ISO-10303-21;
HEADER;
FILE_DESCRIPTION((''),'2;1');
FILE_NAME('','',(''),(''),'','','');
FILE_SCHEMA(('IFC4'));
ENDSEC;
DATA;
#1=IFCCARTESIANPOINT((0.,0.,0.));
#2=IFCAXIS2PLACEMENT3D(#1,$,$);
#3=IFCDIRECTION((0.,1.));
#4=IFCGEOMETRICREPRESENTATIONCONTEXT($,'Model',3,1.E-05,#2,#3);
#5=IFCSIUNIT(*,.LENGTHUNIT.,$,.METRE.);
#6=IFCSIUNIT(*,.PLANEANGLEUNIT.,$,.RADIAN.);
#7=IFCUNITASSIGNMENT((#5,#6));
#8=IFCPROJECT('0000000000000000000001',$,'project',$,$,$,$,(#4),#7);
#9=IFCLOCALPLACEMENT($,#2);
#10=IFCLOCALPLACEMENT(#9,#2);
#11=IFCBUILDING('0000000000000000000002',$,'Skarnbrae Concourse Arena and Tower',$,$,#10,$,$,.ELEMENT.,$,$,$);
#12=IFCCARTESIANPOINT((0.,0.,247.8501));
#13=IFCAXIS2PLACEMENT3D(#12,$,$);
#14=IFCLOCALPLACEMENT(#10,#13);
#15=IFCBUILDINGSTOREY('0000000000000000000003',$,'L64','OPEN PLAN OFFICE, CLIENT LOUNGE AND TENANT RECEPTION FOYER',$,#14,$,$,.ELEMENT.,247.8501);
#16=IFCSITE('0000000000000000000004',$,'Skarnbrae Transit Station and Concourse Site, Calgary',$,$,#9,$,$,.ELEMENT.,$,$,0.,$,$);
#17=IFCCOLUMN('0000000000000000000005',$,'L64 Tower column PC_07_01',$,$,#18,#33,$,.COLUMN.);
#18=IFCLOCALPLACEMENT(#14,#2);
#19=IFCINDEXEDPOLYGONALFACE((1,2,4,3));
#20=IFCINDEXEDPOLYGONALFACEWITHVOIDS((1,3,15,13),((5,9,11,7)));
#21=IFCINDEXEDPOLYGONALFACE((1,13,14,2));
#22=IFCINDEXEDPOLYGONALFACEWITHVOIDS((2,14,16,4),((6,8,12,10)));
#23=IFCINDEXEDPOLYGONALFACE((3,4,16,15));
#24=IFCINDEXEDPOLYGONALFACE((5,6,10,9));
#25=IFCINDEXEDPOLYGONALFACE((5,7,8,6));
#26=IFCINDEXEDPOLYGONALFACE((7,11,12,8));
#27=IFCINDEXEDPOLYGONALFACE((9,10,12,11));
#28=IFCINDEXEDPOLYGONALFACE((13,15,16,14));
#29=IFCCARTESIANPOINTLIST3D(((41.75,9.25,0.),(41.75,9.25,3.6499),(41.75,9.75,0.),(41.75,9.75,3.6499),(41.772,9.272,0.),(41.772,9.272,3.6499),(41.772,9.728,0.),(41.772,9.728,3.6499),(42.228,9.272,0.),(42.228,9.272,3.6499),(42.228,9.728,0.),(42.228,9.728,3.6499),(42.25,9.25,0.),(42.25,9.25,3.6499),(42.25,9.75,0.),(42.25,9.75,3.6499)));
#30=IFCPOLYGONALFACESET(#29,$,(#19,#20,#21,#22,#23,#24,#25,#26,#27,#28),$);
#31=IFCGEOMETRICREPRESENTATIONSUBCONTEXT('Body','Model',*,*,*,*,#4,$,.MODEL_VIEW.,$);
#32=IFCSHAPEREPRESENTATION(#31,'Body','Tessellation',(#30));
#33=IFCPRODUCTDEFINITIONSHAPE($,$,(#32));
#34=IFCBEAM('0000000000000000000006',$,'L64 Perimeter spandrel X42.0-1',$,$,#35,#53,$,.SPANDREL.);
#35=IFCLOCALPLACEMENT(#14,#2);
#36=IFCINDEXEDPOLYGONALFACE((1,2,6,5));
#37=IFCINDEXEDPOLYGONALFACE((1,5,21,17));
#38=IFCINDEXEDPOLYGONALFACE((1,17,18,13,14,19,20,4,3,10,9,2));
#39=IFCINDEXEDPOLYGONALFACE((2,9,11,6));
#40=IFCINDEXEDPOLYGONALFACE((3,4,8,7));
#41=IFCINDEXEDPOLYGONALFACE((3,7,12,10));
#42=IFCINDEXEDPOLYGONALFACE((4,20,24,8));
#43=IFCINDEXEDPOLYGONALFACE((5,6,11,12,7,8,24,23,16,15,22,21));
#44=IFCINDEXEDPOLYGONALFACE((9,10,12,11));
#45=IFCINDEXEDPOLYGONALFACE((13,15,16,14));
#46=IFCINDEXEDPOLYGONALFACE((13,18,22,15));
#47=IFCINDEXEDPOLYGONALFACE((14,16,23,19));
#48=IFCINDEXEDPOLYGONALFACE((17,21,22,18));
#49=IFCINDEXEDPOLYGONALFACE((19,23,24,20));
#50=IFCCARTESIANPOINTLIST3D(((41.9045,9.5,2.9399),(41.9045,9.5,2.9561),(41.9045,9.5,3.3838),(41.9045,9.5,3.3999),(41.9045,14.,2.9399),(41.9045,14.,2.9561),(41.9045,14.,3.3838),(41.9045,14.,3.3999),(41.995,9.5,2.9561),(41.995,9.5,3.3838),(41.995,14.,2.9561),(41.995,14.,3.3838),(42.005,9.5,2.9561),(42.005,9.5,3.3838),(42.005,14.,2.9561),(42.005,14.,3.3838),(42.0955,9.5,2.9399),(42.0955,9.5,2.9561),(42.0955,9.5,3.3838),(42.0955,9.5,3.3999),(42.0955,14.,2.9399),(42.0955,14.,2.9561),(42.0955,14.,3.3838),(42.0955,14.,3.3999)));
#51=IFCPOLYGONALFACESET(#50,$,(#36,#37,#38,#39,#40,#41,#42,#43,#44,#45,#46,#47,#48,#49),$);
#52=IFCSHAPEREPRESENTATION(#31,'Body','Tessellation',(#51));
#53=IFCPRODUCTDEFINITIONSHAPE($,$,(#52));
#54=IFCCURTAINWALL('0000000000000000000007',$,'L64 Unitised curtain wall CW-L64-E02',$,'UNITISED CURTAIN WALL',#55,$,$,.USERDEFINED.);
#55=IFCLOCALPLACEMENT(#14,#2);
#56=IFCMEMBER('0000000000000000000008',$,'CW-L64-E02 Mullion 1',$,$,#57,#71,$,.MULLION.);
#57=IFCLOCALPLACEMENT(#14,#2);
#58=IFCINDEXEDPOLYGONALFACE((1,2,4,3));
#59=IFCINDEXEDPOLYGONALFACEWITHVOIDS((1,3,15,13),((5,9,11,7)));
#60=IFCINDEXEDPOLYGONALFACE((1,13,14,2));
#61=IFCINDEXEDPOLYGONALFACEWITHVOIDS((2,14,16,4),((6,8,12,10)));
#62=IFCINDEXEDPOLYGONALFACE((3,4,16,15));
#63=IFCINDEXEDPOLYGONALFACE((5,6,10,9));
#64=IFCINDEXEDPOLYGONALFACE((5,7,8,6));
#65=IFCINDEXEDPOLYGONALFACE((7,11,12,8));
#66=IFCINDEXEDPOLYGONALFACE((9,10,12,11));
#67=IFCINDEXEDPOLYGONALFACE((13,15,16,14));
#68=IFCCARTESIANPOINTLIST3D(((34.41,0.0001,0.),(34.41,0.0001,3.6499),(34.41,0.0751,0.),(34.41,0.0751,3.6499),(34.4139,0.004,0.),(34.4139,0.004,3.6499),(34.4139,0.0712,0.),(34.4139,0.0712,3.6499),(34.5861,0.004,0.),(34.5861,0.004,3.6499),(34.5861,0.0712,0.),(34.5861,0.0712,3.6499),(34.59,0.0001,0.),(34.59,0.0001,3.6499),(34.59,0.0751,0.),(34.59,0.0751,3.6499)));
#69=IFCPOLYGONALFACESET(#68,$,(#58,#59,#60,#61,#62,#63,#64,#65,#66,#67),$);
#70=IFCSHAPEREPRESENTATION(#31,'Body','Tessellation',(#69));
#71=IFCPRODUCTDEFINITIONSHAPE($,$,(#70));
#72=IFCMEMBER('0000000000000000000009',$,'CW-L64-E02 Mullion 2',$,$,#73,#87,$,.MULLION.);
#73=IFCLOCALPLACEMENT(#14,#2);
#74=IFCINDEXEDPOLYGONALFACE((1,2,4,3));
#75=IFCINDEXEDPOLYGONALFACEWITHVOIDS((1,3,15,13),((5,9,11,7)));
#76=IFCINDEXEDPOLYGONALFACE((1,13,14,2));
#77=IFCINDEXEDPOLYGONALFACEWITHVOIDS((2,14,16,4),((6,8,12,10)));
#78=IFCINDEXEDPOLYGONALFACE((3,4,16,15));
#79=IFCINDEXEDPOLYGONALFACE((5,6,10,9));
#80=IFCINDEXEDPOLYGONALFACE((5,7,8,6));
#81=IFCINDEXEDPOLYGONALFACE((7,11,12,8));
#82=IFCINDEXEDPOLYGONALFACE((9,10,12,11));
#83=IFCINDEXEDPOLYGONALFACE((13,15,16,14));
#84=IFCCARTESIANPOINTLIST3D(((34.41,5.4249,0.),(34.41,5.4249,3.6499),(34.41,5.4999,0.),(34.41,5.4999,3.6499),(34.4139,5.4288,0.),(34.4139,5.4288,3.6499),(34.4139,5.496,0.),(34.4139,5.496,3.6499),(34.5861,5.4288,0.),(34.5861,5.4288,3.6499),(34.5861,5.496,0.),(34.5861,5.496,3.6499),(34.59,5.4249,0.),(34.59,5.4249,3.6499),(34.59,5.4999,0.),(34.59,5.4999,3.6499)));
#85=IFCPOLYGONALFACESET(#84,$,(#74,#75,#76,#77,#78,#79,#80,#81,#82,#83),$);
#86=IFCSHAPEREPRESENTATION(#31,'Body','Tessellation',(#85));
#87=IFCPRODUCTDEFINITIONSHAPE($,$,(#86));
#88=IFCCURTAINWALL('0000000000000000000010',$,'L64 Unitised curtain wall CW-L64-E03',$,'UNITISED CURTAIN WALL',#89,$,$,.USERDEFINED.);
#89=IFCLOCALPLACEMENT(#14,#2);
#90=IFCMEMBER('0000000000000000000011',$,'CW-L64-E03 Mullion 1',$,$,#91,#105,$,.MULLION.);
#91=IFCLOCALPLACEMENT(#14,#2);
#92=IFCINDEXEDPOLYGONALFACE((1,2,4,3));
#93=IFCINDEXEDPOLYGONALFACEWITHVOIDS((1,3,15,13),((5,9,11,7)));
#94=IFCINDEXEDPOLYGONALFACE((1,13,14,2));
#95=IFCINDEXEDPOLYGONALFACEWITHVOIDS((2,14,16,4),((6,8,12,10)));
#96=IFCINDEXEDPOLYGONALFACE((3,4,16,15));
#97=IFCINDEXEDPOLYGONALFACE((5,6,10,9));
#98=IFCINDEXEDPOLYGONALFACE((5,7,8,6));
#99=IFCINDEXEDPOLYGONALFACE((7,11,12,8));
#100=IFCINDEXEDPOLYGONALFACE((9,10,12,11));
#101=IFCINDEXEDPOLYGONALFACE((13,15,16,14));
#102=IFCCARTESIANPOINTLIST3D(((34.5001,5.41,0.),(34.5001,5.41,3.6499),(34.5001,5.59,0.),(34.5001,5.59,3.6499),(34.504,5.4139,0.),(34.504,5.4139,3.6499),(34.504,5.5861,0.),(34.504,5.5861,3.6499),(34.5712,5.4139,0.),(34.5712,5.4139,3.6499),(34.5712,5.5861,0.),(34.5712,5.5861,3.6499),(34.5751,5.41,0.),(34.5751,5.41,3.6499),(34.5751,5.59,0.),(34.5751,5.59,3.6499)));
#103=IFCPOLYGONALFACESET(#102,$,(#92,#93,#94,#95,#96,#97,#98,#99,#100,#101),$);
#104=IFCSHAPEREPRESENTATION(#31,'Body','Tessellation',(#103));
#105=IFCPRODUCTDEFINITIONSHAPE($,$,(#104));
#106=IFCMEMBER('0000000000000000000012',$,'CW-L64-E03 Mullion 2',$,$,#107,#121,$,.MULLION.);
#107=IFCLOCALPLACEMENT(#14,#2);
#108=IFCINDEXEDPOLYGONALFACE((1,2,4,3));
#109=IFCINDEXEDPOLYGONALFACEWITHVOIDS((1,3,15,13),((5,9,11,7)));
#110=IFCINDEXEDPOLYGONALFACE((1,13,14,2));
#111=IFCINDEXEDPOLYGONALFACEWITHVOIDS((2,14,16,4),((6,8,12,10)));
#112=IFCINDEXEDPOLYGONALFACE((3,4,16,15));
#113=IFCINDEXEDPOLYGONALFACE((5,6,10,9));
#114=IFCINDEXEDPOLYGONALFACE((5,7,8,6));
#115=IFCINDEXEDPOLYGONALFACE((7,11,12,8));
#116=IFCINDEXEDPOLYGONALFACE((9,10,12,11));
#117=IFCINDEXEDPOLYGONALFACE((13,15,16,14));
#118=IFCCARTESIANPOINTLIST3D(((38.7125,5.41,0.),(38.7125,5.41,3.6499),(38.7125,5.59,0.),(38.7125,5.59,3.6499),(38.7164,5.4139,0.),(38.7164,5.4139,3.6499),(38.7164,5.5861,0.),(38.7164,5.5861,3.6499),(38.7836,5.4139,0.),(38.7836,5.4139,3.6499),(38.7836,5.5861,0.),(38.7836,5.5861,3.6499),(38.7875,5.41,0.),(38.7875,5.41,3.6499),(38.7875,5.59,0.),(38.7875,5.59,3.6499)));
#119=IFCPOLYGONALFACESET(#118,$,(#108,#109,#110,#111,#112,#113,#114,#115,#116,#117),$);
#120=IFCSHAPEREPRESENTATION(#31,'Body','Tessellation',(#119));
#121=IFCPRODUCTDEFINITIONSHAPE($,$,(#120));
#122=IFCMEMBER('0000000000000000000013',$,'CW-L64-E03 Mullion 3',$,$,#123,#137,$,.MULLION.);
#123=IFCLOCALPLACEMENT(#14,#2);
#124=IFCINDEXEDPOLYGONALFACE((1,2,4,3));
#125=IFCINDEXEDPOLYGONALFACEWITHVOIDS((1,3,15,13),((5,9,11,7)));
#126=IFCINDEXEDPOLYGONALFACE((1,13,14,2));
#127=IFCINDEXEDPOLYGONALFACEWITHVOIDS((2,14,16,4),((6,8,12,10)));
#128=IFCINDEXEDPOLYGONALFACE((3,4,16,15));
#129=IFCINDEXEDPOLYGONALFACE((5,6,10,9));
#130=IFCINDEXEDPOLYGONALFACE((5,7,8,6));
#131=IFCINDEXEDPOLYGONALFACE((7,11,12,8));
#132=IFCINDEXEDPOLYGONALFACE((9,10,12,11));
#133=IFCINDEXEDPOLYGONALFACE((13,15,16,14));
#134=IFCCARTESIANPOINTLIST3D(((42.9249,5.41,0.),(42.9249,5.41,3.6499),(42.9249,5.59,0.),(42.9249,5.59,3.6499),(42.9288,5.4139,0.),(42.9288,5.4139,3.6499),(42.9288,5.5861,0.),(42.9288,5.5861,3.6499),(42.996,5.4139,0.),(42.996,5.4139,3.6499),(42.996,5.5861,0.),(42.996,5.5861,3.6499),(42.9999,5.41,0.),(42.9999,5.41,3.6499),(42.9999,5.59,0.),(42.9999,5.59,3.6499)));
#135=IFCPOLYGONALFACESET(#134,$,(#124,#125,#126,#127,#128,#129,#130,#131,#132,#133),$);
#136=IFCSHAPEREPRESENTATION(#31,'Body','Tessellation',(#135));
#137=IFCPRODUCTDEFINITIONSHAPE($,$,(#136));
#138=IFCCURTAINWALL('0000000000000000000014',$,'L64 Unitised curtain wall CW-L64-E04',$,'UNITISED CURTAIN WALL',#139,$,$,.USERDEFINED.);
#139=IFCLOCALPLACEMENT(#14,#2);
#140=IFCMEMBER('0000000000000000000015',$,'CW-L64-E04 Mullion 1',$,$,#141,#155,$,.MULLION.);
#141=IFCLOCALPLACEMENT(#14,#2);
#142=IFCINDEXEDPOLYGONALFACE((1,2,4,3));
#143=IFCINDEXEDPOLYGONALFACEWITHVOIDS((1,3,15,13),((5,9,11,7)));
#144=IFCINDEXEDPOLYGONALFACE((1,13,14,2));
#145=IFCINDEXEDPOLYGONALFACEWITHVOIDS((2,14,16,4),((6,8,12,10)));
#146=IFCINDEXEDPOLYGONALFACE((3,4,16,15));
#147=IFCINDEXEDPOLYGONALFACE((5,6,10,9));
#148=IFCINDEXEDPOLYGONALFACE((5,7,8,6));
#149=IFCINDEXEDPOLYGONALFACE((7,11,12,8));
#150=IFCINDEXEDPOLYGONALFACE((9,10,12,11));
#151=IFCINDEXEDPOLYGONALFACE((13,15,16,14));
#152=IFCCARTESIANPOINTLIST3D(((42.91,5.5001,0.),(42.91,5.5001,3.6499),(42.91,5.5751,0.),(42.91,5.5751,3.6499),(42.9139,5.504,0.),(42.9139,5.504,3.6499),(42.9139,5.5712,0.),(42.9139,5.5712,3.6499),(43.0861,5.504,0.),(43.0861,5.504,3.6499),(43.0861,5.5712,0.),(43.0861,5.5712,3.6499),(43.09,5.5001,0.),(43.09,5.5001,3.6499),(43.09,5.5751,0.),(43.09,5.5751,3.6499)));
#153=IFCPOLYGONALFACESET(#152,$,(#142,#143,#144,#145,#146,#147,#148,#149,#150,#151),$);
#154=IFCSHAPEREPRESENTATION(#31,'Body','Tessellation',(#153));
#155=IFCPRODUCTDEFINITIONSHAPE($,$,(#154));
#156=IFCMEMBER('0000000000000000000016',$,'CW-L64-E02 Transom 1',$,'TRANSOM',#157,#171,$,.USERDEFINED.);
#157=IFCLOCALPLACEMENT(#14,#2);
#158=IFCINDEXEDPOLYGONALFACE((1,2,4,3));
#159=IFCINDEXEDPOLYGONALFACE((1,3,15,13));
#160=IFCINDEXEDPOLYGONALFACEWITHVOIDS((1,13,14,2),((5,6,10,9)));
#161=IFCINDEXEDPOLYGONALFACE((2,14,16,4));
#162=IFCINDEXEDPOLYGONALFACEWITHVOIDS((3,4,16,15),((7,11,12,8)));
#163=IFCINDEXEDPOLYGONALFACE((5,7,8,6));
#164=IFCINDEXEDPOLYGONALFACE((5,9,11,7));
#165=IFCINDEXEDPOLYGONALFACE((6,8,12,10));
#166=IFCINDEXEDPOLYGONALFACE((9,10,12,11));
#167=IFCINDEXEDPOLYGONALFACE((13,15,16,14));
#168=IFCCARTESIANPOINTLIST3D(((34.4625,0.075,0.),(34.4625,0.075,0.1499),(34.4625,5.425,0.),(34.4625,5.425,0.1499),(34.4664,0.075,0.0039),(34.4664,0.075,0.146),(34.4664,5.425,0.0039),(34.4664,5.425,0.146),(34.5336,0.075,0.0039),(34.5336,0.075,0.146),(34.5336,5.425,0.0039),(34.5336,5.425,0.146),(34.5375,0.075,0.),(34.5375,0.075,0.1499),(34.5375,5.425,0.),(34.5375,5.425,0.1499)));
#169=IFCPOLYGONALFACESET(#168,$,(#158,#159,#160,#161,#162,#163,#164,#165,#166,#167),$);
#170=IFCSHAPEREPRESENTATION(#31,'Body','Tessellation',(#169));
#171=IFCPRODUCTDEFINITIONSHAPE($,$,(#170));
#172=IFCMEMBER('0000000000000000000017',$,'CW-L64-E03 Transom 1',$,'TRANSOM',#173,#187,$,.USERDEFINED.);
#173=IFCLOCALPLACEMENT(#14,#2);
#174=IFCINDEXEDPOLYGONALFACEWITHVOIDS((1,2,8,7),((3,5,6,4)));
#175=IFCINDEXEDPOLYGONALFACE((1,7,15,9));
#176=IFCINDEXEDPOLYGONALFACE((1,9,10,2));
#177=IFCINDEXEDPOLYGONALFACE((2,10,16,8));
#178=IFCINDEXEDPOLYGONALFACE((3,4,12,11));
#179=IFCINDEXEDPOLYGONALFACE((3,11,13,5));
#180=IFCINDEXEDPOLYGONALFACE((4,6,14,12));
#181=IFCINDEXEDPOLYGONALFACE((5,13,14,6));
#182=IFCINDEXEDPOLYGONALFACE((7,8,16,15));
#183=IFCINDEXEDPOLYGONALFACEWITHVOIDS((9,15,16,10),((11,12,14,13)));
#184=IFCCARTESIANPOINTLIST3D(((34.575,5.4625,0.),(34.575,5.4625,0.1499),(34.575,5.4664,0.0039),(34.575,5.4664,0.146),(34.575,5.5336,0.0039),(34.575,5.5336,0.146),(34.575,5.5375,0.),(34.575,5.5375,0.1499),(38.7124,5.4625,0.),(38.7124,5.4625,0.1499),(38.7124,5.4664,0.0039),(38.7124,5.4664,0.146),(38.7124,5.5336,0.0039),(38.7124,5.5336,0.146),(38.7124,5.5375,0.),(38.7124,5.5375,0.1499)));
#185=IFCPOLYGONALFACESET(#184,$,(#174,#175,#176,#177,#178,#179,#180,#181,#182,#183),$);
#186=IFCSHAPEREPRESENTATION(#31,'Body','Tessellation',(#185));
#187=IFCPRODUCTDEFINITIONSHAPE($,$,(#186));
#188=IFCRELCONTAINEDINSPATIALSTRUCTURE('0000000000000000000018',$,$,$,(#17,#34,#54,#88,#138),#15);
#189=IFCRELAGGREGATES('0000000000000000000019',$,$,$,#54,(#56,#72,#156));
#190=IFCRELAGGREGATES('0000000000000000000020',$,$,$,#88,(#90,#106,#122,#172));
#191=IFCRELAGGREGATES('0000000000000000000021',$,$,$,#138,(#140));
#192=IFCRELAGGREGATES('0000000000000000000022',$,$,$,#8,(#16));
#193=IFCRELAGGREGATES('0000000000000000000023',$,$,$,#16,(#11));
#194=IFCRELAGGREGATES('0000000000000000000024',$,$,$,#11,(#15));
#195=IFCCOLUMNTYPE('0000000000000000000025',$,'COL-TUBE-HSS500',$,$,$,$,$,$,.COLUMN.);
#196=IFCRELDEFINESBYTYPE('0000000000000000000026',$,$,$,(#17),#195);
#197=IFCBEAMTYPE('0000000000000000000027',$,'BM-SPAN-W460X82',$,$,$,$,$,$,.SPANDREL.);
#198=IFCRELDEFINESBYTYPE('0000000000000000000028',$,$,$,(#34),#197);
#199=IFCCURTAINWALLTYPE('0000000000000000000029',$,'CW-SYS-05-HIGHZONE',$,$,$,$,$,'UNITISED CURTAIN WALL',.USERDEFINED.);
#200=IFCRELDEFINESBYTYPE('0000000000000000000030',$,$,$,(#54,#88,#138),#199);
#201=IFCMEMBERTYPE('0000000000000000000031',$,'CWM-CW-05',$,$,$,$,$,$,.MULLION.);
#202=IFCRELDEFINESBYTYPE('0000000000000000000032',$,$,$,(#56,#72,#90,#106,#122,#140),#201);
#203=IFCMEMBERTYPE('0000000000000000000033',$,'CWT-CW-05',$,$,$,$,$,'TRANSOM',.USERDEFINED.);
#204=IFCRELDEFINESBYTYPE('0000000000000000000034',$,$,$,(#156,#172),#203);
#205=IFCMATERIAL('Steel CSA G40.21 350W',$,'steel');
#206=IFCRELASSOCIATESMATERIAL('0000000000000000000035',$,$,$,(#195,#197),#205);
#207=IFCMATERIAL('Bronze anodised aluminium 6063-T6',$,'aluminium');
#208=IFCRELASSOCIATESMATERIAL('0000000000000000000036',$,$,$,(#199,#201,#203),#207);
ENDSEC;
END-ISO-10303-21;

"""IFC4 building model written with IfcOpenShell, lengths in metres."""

from ifc_helpers import new_model, si_unit, direction, frame, origin, origin_2d, place, context, subcontext, project, spatial, hollow_rectangle, i_section, extrude, source, transform, mapped, material, material_profile, profile_set, type_object, element, aggregate, save


model = new_model("IFC4")

# Units and contexts
model_context = context("Model", 3, precision=1e-05, world=origin(), true_north=direction((0.0, 1.0)))
body_context = subcontext(model_context, "Body", "Model", "MODEL_VIEW")
ifc_project = project(units=[si_unit("LENGTHUNIT", "METRE"), si_unit("PLANEANGLEUNIT", "RADIAN")], contexts=[model_context])

# Site, building, storey
site_placement = place(None, origin())
site = spatial("IfcSite", under=ifc_project, at=site_placement, Name="Skarnbrae Transit Station and Concourse Site, Calgary", CompositionType="ELEMENT", RefElevation=0.0)
building_placement = place(site_placement, origin())
building = spatial("IfcBuilding", under=site, at=building_placement, Name="Skarnbrae Concourse Arena and Tower", CompositionType="ELEMENT")
storey_placement = place(building_placement, frame((0.0, 0.0, 247.8501)))
storey = spatial("IfcBuildingStorey", under=building, at=storey_placement, Name="L64", Description="OPEN PLAN OFFICE, CLIENT LOUNGE AND TENANT RECEPTION FOYER", CompositionType="ELEMENT", Elevation=247.8501)

# Column
ifc_material_1 = material(Name="Steel CSA G40.21 350W", Category="steel")
ifc_material_profile_1 = material_profile(ifc_material_1, hollow_rectangle(XDim=0.5, YDim=0.5, WallThickness=0.022, at=origin_2d()), Name="HSS500X500X22.0")
ifc_profile_set_1 = profile_set([ifc_material_profile_1], Name="Steel CSA G40.21 350W")
column_type = type_object("IfcColumnType", Name="COL-TUBE-HSS500", PredefinedType="COLUMN", material=ifc_profile_set_1)
shared_shape_1 = source(origin(), body_context, "Body", "SweptSolid", [
    extrude(hollow_rectangle(XDim=0.5, YDim=0.5, WallThickness=0.022, at=origin_2d()), origin(), (0.0, 0.0, 1.0), 3.6499),
])
column_placement = place(storey_placement, frame((42.0, 9.5, 0.0), z_axis=(0.0, 0.0, 1.0), x_axis=(1.0, 0.0, 0.0)))
element("IfcColumn", 1, at=column_placement, inside=storey, type_object=column_type, Name="L64 Tower column PC_07_01", PredefinedType="COLUMN", context=body_context, shape_type="MappedRepresentation", body=[
    mapped(shared_shape_1, transform((0.0, 0.0, 0.0))),
])

# Beam
ifc_material_profile_2 = material_profile(ifc_material_1, i_section(OverallWidth=0.1909, OverallDepth=0.46, WebThickness=0.01, FlangeThickness=0.0161, at=origin_2d()), Name="W460X82")
ifc_profile_set_2 = profile_set([ifc_material_profile_2], Name="Steel CSA G40.21 350W")
beam_type = type_object("IfcBeamType", Name="BM-SPAN-W460X82", PredefinedType="SPANDREL", material=ifc_profile_set_2)
shared_shape_2 = source(origin(), body_context, "Body", "SweptSolid", [
    extrude(i_section(OverallWidth=0.1909, OverallDepth=0.46, WebThickness=0.01, FlangeThickness=0.0161, at=origin_2d()), origin(), (0.0, 0.0, 1.0), 4.5),
])
beam_placement = place(storey_placement, frame((42.0, 9.5, 3.1699), z_axis=(0.0, 1.0, 0.0), x_axis=(-1.0, 0.0, 0.0)))
element("IfcBeam", 2, at=beam_placement, inside=storey, type_object=beam_type, Name="L64 Perimeter spandrel X42.0-1", PredefinedType="SPANDREL", context=body_context, shape_type="MappedRepresentation", body=[
    mapped(shared_shape_2, transform((0.0, 0.0, 0.0))),
])

# Curtain walls, members
ifc_material_2 = material(Name="Bronze anodised aluminium 6063-T6", Category="aluminium")
curtain_wall_type = type_object("IfcCurtainWallType", Name="CW-SYS-05-HIGHZONE", ElementType="UNITISED CURTAIN WALL", PredefinedType="USERDEFINED", material=ifc_material_2)
curtain_wall_1_placement = place(storey_placement, origin())
curtain_wall_1 = element("IfcCurtainWall", 3, at=curtain_wall_1_placement, inside=storey, type_object=curtain_wall_type, Name="L64 Unitised curtain wall CW-L64-E02", ObjectType="UNITISED CURTAIN WALL", PredefinedType="USERDEFINED")
ifc_material_profile_3 = material_profile(ifc_material_2, hollow_rectangle(XDim=0.075, YDim=0.1799, WallThickness=0.0039, at=origin_2d()), Name="ALU-MULL-75X180")
ifc_profile_set_3 = profile_set([ifc_material_profile_3], Name="Bronze anodised aluminium 6063-T6")
member_type_1 = type_object("IfcMemberType", Name="CWM-CW-05", PredefinedType="MULLION", material=ifc_profile_set_3)
shared_shape_3 = source(origin(), body_context, "Body", "SweptSolid", [
    extrude(hollow_rectangle(XDim=0.075, YDim=0.1799, WallThickness=0.0039, at=origin_2d()), origin(), (0.0, 0.0, 1.0), 3.6499),
])
member_1_placement = place(storey_placement, frame((34.5, 0.0376, 0.0), z_axis=(0.0, 0.0, 1.0), x_axis=(0.0, 1.0, 0.0)))
member_1 = element("IfcMember", 4, at=member_1_placement, type_object=member_type_1, Name="CW-L64-E02 Mullion 1", PredefinedType="MULLION", context=body_context, shape_type="MappedRepresentation", body=[
    mapped(shared_shape_3, transform((0.0, 0.0, 0.0))),
])
member_2_placement = place(storey_placement, frame((34.5, 5.4624, 0.0), z_axis=(0.0, 0.0, 1.0), x_axis=(0.0, 1.0, 0.0)))
member_2 = element("IfcMember", 5, at=member_2_placement, type_object=member_type_1, Name="CW-L64-E02 Mullion 2", PredefinedType="MULLION", context=body_context, shape_type="MappedRepresentation", body=[
    mapped(shared_shape_3, transform((0.0, 0.0, 0.0))),
])
curtain_wall_2_placement = place(storey_placement, origin())
curtain_wall_2 = element("IfcCurtainWall", 6, at=curtain_wall_2_placement, inside=storey, type_object=curtain_wall_type, Name="L64 Unitised curtain wall CW-L64-E03", ObjectType="UNITISED CURTAIN WALL", PredefinedType="USERDEFINED")
member_3_placement = place(storey_placement, frame((34.5376, 5.5, 0.0), z_axis=(0.0, 0.0, 1.0), x_axis=(1.0, 0.0, 0.0)))
member_3 = element("IfcMember", 7, at=member_3_placement, type_object=member_type_1, Name="CW-L64-E03 Mullion 1", PredefinedType="MULLION", context=body_context, shape_type="MappedRepresentation", body=[
    mapped(shared_shape_3, transform((0.0, 0.0, 0.0))),
])
member_4_placement = place(storey_placement, frame((38.75, 5.5, 0.0), z_axis=(0.0, 0.0, 1.0), x_axis=(1.0, 0.0, 0.0)))
member_4 = element("IfcMember", 8, at=member_4_placement, type_object=member_type_1, Name="CW-L64-E03 Mullion 2", PredefinedType="MULLION", context=body_context, shape_type="MappedRepresentation", body=[
    mapped(shared_shape_3, transform((0.0, 0.0, 0.0))),
])
member_5_placement = place(storey_placement, frame((42.9624, 5.5, 0.0), z_axis=(0.0, 0.0, 1.0), x_axis=(1.0, 0.0, 0.0)))
member_5 = element("IfcMember", 9, at=member_5_placement, type_object=member_type_1, Name="CW-L64-E03 Mullion 3", PredefinedType="MULLION", context=body_context, shape_type="MappedRepresentation", body=[
    mapped(shared_shape_3, transform((0.0, 0.0, 0.0))),
])

# Curtain wall, member
curtain_wall_3_placement = place(storey_placement, origin())
curtain_wall_3 = element("IfcCurtainWall", 10, at=curtain_wall_3_placement, inside=storey, type_object=curtain_wall_type, Name="L64 Unitised curtain wall CW-L64-E04", ObjectType="UNITISED CURTAIN WALL", PredefinedType="USERDEFINED")
member_6_placement = place(storey_placement, frame((43.0, 5.5376, 0.0), z_axis=(0.0, 0.0, 1.0), x_axis=(0.0, 1.0, 0.0)))
member_6 = element("IfcMember", 11, at=member_6_placement, type_object=member_type_1, Name="CW-L64-E04 Mullion 1", PredefinedType="MULLION", context=body_context, shape_type="MappedRepresentation", body=[
    mapped(shared_shape_3, transform((0.0, 0.0, 0.0))),
])

# Members
ifc_material_profile_4 = material_profile(ifc_material_2, hollow_rectangle(XDim=0.075, YDim=0.1499, WallThickness=0.0039, at=origin_2d()), Name="ALU-TRAN-75X150")
ifc_profile_set_4 = profile_set([ifc_material_profile_4], Name="Bronze anodised aluminium 6063-T6")
member_type_2 = type_object("IfcMemberType", Name="CWT-CW-05", ElementType="TRANSOM", PredefinedType="USERDEFINED", material=ifc_profile_set_4)
shared_shape_4 = source(origin(), body_context, "Body", "SweptSolid", [
    extrude(hollow_rectangle(XDim=0.075, YDim=0.1499, WallThickness=0.0039, at=origin_2d()), origin(), (0.0, 0.0, 1.0), 5.3501),
])
member_7_placement = place(storey_placement, frame((34.5, 0.075, 0.075), z_axis=(0.0, 1.0, 0.0), x_axis=(-1.0, 0.0, 0.0)))
member_7 = element("IfcMember", 12, at=member_7_placement, type_object=member_type_2, Name="CW-L64-E02 Transom 1", ObjectType="TRANSOM", PredefinedType="USERDEFINED", context=body_context, shape_type="MappedRepresentation", body=[
    mapped(shared_shape_4, transform((0.0, 0.0, 0.0))),
])
shared_shape_5 = source(origin(), body_context, "Body", "SweptSolid", [
    extrude(hollow_rectangle(XDim=0.075, YDim=0.1499, WallThickness=0.0039, at=origin_2d()), origin(), (0.0, 0.0, 1.0), 4.1375),
])
member_8_placement = place(storey_placement, frame((34.575, 5.5, 0.075), z_axis=(1.0, 0.0, 0.0), x_axis=(0.0, 1.0, 0.0)))
member_8 = element("IfcMember", 13, at=member_8_placement, type_object=member_type_2, Name="CW-L64-E03 Transom 1", ObjectType="TRANSOM", PredefinedType="USERDEFINED", context=body_context, shape_type="MappedRepresentation", body=[
    mapped(shared_shape_5, transform((0.0, 0.0, 0.0))),
])

aggregate(curtain_wall_1, [member_1, member_2, member_7])
aggregate(curtain_wall_2, [member_3, member_4, member_5, member_8])
aggregate(curtain_wall_3, [member_6])

save(model, "model.ifc")
